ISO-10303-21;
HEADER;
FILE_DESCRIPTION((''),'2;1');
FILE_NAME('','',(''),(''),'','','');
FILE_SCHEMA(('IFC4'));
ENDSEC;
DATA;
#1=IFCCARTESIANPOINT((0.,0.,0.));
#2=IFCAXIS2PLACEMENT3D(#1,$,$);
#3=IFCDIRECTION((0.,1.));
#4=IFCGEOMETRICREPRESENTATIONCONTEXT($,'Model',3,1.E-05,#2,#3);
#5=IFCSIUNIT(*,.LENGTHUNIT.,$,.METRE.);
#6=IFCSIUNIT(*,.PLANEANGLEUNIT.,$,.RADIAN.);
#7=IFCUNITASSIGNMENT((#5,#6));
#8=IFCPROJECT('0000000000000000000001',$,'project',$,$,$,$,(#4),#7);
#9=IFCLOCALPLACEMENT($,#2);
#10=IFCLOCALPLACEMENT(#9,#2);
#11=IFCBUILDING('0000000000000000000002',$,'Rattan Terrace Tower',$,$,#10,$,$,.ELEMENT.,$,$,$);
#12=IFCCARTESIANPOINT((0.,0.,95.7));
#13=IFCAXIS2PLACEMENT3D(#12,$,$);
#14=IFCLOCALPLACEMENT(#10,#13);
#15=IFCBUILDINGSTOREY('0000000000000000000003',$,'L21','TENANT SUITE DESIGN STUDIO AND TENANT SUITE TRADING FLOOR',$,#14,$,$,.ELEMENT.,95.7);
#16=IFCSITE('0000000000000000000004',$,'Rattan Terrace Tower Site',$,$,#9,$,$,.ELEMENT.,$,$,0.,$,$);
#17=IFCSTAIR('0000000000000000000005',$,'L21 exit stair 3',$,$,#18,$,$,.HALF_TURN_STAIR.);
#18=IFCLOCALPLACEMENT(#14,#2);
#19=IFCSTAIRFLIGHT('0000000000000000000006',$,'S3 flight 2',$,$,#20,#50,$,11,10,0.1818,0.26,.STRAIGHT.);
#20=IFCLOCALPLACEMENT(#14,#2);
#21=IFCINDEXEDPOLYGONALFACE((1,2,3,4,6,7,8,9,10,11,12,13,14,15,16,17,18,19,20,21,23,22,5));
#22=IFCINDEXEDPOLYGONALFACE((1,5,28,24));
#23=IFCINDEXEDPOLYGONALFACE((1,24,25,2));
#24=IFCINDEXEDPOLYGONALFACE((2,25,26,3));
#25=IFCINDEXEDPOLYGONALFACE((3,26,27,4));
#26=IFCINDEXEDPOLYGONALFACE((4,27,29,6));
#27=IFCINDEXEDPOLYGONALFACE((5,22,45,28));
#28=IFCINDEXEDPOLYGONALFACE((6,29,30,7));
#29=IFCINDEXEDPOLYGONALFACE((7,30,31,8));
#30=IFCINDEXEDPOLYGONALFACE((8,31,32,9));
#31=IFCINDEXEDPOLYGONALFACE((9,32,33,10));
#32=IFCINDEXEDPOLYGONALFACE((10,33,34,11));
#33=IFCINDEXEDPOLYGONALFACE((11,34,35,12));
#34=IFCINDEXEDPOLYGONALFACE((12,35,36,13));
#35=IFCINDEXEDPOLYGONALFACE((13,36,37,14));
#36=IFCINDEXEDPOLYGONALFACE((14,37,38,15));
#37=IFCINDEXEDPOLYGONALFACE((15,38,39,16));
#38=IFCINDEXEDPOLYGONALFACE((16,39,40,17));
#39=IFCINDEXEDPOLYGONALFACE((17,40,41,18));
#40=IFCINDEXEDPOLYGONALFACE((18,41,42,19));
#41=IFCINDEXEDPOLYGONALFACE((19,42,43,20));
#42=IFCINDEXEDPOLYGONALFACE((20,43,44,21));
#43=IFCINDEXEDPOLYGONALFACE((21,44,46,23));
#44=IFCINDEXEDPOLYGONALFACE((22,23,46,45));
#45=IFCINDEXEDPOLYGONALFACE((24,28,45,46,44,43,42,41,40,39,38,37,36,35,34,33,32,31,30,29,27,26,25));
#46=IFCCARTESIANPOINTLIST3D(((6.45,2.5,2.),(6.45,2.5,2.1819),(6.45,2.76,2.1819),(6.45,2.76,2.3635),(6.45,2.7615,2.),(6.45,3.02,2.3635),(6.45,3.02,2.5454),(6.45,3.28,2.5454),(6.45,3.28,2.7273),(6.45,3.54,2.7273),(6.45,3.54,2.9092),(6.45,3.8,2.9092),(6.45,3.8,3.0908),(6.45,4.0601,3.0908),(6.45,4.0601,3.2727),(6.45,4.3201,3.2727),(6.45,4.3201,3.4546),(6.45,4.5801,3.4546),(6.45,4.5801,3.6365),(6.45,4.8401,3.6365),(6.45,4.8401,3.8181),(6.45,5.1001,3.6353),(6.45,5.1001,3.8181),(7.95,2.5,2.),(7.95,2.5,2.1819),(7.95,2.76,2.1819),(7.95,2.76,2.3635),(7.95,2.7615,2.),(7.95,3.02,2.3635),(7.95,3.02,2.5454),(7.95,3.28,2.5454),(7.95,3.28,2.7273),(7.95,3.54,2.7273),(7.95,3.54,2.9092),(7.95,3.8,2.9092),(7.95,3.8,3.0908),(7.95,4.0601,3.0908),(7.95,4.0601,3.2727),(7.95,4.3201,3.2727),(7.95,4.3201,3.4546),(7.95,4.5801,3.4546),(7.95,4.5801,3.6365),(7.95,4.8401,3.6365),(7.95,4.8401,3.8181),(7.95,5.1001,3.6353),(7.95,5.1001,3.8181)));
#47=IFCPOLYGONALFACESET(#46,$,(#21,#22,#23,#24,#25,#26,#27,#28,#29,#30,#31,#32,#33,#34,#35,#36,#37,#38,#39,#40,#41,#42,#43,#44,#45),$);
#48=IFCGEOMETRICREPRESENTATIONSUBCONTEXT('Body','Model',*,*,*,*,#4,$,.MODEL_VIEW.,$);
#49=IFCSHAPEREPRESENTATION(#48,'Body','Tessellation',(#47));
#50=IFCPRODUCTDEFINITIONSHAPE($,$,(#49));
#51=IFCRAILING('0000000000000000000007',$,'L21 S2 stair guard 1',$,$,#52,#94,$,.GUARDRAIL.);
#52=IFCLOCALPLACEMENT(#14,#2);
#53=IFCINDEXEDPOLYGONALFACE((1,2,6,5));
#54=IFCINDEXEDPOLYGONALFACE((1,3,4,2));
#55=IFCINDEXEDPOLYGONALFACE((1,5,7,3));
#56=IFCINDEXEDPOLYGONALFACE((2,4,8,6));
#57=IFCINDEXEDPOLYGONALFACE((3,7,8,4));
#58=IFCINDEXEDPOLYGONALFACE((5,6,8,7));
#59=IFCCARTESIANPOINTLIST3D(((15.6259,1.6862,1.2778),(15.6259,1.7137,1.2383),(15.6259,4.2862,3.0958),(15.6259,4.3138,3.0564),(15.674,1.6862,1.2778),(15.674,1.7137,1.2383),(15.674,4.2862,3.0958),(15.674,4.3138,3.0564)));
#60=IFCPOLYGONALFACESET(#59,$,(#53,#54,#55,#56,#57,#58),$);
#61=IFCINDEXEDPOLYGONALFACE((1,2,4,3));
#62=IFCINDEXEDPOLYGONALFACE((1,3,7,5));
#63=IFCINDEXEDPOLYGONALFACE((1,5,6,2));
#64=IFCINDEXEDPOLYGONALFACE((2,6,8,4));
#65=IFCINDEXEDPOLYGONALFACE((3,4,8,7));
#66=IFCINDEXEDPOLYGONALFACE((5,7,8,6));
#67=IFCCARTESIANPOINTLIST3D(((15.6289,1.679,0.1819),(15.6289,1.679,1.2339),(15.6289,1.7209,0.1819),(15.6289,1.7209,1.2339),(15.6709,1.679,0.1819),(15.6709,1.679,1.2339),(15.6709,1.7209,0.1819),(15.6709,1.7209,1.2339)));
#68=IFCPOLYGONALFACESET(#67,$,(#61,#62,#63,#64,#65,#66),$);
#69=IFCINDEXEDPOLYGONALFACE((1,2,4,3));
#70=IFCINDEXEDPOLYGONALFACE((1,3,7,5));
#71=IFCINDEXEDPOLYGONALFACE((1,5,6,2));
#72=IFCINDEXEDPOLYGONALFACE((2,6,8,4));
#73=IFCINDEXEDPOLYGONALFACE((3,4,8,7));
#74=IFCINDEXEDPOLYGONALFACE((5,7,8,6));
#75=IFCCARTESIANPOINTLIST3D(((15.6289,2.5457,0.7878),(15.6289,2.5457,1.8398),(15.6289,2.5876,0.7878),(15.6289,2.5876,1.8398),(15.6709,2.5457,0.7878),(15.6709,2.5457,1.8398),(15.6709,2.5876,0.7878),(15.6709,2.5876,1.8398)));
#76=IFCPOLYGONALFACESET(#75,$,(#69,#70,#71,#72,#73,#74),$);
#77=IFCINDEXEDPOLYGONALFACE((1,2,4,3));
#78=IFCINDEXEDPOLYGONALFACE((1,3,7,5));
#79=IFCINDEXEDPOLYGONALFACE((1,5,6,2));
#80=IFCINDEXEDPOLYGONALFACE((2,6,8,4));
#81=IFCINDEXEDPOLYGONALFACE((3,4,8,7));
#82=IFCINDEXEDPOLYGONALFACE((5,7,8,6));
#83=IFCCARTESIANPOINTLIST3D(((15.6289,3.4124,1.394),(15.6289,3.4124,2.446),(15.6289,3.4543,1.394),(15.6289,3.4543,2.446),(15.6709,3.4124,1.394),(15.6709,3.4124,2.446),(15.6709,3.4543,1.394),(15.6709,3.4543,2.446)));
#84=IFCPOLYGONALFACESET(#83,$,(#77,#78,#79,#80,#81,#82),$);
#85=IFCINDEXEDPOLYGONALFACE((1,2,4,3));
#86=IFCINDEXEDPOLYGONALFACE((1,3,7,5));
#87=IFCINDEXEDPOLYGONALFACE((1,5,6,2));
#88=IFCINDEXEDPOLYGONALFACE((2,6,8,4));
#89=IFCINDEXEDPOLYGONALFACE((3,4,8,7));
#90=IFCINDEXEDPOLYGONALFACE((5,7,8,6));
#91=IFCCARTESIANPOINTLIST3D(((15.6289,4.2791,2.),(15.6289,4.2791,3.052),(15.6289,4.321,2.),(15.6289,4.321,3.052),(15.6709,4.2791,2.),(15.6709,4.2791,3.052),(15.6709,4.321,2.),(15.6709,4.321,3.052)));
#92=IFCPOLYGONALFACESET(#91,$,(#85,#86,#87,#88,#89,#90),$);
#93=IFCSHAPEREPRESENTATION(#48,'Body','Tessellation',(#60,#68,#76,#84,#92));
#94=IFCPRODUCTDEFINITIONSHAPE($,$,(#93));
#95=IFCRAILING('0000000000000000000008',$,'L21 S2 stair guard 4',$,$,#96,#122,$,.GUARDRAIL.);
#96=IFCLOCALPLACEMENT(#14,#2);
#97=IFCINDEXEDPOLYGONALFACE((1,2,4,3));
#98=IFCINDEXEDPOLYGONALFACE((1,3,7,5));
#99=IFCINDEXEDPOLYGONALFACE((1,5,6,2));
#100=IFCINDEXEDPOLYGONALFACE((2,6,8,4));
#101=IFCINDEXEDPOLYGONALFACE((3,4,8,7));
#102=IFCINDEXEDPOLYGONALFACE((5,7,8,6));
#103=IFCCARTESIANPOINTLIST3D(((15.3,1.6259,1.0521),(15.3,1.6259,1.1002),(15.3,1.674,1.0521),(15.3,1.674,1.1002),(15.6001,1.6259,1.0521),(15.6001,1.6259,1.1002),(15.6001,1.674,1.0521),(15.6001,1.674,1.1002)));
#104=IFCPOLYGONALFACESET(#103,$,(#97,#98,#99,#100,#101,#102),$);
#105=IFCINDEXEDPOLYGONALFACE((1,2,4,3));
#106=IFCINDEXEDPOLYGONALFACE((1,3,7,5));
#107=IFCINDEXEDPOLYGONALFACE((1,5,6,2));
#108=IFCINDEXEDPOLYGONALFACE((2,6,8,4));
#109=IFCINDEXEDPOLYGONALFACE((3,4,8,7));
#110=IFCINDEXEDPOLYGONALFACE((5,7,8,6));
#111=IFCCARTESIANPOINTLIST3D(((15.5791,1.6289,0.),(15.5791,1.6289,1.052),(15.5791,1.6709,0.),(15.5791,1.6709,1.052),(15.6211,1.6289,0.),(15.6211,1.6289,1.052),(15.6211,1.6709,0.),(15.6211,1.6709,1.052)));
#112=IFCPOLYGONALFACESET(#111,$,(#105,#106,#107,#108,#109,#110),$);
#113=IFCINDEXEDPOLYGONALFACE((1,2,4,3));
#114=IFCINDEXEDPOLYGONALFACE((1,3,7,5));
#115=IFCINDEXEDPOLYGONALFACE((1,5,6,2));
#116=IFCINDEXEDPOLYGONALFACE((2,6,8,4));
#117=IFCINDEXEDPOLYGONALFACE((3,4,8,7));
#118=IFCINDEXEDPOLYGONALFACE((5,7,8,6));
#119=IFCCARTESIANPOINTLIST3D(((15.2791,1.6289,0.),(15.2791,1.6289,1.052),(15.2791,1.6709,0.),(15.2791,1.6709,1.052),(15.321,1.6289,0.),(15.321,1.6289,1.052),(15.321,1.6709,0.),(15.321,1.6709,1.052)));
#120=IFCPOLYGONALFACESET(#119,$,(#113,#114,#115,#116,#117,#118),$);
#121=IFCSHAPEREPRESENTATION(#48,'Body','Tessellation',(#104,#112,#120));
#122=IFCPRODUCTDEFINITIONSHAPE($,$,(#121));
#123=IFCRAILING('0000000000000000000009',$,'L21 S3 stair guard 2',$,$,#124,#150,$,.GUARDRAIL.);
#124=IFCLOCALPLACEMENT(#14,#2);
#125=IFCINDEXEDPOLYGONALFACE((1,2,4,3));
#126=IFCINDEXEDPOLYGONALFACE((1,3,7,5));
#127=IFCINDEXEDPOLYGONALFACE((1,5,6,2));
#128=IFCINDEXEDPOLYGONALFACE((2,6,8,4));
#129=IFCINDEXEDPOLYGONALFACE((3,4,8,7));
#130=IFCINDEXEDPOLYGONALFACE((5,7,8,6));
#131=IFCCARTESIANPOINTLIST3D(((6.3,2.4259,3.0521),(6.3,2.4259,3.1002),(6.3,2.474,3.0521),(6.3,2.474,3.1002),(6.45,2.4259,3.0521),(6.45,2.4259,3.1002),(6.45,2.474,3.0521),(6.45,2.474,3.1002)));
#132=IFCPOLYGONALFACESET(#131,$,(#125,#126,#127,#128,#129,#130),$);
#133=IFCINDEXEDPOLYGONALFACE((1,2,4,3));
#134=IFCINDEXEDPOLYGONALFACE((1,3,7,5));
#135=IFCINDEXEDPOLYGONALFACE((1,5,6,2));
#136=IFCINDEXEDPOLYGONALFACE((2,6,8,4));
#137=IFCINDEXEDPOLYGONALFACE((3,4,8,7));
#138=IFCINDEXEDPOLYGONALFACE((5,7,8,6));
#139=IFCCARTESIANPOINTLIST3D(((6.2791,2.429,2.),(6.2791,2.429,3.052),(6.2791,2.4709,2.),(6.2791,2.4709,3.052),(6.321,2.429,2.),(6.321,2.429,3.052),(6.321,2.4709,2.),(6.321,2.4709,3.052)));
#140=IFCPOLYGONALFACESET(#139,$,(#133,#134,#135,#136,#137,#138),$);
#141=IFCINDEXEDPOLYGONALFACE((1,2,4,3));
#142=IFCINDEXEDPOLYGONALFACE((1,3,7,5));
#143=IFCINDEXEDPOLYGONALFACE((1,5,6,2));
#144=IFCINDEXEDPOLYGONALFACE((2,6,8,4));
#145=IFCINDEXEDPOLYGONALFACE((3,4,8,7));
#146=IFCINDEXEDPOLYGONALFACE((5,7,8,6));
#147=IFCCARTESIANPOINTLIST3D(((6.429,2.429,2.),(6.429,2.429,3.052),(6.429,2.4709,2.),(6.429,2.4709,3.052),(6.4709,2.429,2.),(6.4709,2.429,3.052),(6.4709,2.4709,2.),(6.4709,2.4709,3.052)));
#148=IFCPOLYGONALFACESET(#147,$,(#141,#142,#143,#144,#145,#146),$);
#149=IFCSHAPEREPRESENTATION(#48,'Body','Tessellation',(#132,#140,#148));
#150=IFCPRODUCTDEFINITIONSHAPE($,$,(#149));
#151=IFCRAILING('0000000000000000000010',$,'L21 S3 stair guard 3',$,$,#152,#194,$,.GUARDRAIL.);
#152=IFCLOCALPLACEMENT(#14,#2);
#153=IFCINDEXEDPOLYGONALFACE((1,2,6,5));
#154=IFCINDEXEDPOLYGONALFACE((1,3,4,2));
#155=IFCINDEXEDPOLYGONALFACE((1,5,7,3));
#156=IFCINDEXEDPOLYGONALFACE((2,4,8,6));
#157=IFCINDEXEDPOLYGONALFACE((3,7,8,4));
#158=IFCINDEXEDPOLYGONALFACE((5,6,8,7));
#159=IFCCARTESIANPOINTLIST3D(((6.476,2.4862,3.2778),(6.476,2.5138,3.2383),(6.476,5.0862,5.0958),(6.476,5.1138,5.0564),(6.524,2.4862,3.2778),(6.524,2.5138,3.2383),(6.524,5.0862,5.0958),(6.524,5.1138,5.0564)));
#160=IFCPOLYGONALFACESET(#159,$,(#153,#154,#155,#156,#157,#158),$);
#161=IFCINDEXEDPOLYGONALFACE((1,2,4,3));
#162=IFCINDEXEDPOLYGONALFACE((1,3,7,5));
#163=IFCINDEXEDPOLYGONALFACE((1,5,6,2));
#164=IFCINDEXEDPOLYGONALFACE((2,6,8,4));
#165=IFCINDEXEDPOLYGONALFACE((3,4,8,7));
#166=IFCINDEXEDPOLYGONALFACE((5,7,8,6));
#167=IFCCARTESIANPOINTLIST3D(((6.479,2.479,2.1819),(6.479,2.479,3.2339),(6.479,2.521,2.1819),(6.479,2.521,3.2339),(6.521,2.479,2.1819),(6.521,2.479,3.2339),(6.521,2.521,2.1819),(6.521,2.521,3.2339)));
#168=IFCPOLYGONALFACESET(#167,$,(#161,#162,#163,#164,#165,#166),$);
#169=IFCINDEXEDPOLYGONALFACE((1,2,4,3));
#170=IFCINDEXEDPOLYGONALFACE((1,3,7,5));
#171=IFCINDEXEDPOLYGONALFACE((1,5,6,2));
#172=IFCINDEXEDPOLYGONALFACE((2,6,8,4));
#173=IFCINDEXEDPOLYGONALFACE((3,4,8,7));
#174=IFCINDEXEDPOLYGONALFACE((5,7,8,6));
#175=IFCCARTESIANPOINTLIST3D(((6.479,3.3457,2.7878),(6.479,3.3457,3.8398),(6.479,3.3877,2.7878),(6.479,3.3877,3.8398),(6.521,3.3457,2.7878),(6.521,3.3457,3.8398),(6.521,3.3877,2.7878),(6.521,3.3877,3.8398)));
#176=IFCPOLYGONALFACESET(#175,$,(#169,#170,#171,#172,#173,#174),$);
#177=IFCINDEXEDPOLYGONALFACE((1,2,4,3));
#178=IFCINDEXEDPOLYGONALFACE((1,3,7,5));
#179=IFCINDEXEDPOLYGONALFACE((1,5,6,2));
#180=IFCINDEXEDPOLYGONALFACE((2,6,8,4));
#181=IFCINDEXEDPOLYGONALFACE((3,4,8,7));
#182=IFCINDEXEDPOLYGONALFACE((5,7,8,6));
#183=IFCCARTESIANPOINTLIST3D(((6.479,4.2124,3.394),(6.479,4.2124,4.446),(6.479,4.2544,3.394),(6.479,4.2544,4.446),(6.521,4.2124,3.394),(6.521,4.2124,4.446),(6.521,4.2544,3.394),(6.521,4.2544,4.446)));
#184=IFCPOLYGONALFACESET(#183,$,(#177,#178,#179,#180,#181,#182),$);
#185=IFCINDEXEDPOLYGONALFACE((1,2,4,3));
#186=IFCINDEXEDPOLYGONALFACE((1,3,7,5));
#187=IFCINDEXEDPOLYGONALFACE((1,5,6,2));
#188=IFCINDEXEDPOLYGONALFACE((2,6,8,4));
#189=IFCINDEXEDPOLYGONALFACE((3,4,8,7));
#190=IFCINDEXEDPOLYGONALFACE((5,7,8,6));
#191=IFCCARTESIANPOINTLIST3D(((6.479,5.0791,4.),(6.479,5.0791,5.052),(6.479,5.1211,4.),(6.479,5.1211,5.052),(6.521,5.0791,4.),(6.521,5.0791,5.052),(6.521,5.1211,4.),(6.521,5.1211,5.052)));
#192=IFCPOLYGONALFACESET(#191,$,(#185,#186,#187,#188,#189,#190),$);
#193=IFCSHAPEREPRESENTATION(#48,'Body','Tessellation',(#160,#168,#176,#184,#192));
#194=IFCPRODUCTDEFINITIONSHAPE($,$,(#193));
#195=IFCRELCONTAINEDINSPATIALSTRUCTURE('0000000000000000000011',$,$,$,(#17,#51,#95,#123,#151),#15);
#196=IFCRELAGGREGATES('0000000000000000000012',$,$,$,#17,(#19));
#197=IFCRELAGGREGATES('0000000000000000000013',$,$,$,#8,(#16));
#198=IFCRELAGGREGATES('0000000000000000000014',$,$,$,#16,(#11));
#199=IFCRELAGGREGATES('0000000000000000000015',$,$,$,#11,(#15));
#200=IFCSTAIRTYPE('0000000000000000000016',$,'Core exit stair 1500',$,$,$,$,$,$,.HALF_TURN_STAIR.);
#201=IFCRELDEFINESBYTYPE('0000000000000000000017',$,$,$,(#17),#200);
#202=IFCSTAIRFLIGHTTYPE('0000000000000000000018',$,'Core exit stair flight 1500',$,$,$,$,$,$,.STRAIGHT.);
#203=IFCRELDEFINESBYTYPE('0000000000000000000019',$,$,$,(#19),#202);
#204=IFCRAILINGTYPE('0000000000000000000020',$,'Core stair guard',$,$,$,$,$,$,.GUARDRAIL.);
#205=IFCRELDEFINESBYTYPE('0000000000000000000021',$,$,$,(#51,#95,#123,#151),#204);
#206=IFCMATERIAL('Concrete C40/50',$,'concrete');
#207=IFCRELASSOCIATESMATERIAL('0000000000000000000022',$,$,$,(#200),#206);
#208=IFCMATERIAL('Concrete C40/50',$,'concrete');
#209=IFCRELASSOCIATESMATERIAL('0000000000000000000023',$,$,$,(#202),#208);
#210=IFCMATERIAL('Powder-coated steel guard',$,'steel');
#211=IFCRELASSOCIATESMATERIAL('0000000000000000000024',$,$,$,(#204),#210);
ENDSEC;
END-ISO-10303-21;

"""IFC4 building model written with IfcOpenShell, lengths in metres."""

from ifc_helpers import new_model, si_unit, direction, frame, origin, origin_2d, place, context, subcontext, project, spatial, polyline, rectangle, outline, extrude, material, type_object, element, aggregate, save


model = new_model("IFC4")

# Units and contexts
model_context = context("Model", 3, precision=1e-05, world=origin(), true_north=direction((0.0, 1.0)))
body_context = subcontext(model_context, "Body", "Model", "MODEL_VIEW")
ifc_project = project(units=[si_unit("LENGTHUNIT", "METRE"), si_unit("PLANEANGLEUNIT", "RADIAN")], contexts=[model_context])

# Site, building, storey
site_placement = place(None, origin())
site = spatial("IfcSite", under=ifc_project, at=site_placement, Name="Rattan Terrace Tower Site", CompositionType="ELEMENT", RefElevation=0.0)
building_placement = place(site_placement, origin())
building = spatial("IfcBuilding", under=site, at=building_placement, Name="Rattan Terrace Tower", CompositionType="ELEMENT")
storey_placement = place(building_placement, frame((0.0, 0.0, 95.7)))
storey = spatial("IfcBuildingStorey", under=building, at=storey_placement, Name="L21", Description="TENANT SUITE DESIGN STUDIO AND TENANT SUITE TRADING FLOOR", CompositionType="ELEMENT", Elevation=95.7)

# Shared definitions
ifc_material_1 = material(Name="Concrete C40/50", Category="concrete")
stair_type = type_object("IfcStairType", Name="Core exit stair 1500", PredefinedType="HALF_TURN_STAIR", material=ifc_material_1)
ifc_material_2 = material(Name="Concrete C40/50", Category="concrete")
stair_flight_type = type_object("IfcStairFlightType", Name="Core exit stair flight 1500", PredefinedType="STRAIGHT", material=ifc_material_2)

# Stair, stair flight
stair_1_placement = place(storey_placement, origin())
stair_1 = element("IfcStair", 1, at=stair_1_placement, inside=storey, type_object=stair_type, Name="L21 exit stair 3", PredefinedType="HALF_TURN_STAIR")
stair_flight_1_placement = place(storey_placement, frame((7.2, 2.5, 2.0), z_axis=(0.0, 0.0, 1.0), x_axis=(0.0, 1.0, 0.0)))
stair_flight_1 = element("IfcStairFlight", 2, at=stair_flight_1_placement, type_object=stair_flight_type, Name="S3 flight 2", NumberOfRisers=11, NumberOfTreads=10, PredefinedType="STRAIGHT", RiserHeight=0.1818, TreadLength=0.26, context=body_context, shape_type="SweptSolid", body=[
    extrude(outline(polyline([(0.0, 0.0), (0.0, 0.1819), (0.26, 0.1819), (0.26, 0.3635), (0.52, 0.3635), (0.52, 0.5454), (0.78, 0.5454), (0.78, 0.7273), (1.04, 0.7273), (1.04, 0.9092), (1.3, 0.9092), (1.3, 1.0908), (1.5601, 1.0908), (1.5601, 1.2727), (1.8201, 1.2727), (1.8201, 1.4546), (2.0801, 1.4546), (2.0801, 1.6365), (2.3401, 1.6365), (2.3401, 1.8181), (2.6001, 1.8181), (2.6001, 2.0), (2.6001, 1.6353), (0.2615, 0.0), (0.0, 0.0)])), frame((0.0, 0.75, 0.0), z_axis=(0.0, -1.0, 0.0), x_axis=(1.0, 0.0, 0.0)), (0.0, 0.0, 1.0), 1.5),
])
aggregate(stair_1, [stair_flight_1])

# Railings
ifc_material_3 = material(Name="Powder-coated steel guard", Category="steel")
railing_type_1 = type_object("IfcRailingType", Name="Core stair guard", PredefinedType="GUARDRAIL", material=ifc_material_3)
railing_1_placement = place(storey_placement, frame((15.6499, 1.7, 0.1819)))
element("IfcRailing", 3, at=railing_1_placement, inside=storey, type_object=railing_type_1, Name="L21 S2 stair guard 1", PredefinedType="GUARDRAIL", context=body_context, shape_type="SweptSolid", body=[
    extrude(rectangle(XDim=0.0481, YDim=0.0481, at=origin_2d()), frame((0.0, 0.0, 1.0762), z_axis=(0.0, 0.819521, 0.573049), x_axis=(-1.0, 0.0, 0.0)), (0.0, 0.0, 1.0), 3.1726),
    extrude(rectangle(XDim=0.042, YDim=0.042, at=origin_2d()), origin(), (0.0, 0.0, 1.0), 1.052),
    extrude(rectangle(XDim=0.042, YDim=0.042, at=origin_2d()), frame((0.0, 0.8667, 0.606)), (0.0, 0.0, 1.0), 1.052),
    extrude(rectangle(XDim=0.042, YDim=0.042, at=origin_2d()), frame((0.0, 1.7334, 1.2122)), (0.0, 0.0, 1.0), 1.052),
    extrude(rectangle(XDim=0.042, YDim=0.042, at=origin_2d()), frame((0.0, 2.6001, 1.8181)), (0.0, 0.0, 1.0), 1.052),
])
railing_2_placement = place(storey_placement, frame((15.6001, 1.6499, 0.0)))
element("IfcRailing", 4, at=railing_2_placement, inside=storey, type_object=railing_type_1, Name="L21 S2 stair guard 4", PredefinedType="GUARDRAIL", context=body_context, shape_type="SweptSolid", body=[
    extrude(rectangle(XDim=0.0481, YDim=0.0481, at=origin_2d()), frame((0.0, 0.0, 1.0762), z_axis=(-1.0, 0.0, 0.0), x_axis=(0.0, -1.0, 0.0)), (0.0, 0.0, 1.0), 0.3),
    extrude(rectangle(XDim=0.042, YDim=0.042, at=origin_2d()), origin(), (0.0, 0.0, 1.0), 1.052),
    extrude(rectangle(XDim=0.042, YDim=0.042, at=origin_2d()), frame((-0.3, 0.0, 0.0)), (0.0, 0.0, 1.0), 1.052),
])
railing_3_placement = place(storey_placement, frame((6.3, 2.45, 2.0)))
element("IfcRailing", 5, at=railing_3_placement, inside=storey, type_object=railing_type_1, Name="L21 S3 stair guard 2", PredefinedType="GUARDRAIL", context=body_context, shape_type="SweptSolid", body=[
    extrude(rectangle(XDim=0.0481, YDim=0.0481, at=origin_2d()), frame((0.0, 0.0, 1.0762), z_axis=(1.0, 0.0, 0.0), x_axis=(0.0, 1.0, 0.0)), (0.0, 0.0, 1.0), 0.1499),
    extrude(rectangle(XDim=0.042, YDim=0.042, at=origin_2d()), origin(), (0.0, 0.0, 1.0), 1.052),
    extrude(rectangle(XDim=0.042, YDim=0.042, at=origin_2d()), frame((0.1499, 0.0, 0.0)), (0.0, 0.0, 1.0), 1.052),
])
railing_4_placement = place(storey_placement, frame((6.5, 2.5, 2.1819)))
element("IfcRailing", 6, at=railing_4_placement, inside=storey, type_object=railing_type_1, Name="L21 S3 stair guard 3", PredefinedType="GUARDRAIL", context=body_context, shape_type="SweptSolid", body=[
    extrude(rectangle(XDim=0.0481, YDim=0.0481, at=origin_2d()), frame((0.0, 0.0, 1.0762), z_axis=(0.0, 0.819521, 0.573049), x_axis=(-1.0, 0.0, 0.0)), (0.0, 0.0, 1.0), 3.1726),
    extrude(rectangle(XDim=0.042, YDim=0.042, at=origin_2d()), origin(), (0.0, 0.0, 1.0), 1.052),
    extrude(rectangle(XDim=0.042, YDim=0.042, at=origin_2d()), frame((0.0, 0.8667, 0.606)), (0.0, 0.0, 1.0), 1.052),
    extrude(rectangle(XDim=0.042, YDim=0.042, at=origin_2d()), frame((0.0, 1.7334, 1.2122)), (0.0, 0.0, 1.0), 1.052),
    extrude(rectangle(XDim=0.042, YDim=0.042, at=origin_2d()), frame((0.0, 2.6001, 1.8181)), (0.0, 0.0, 1.0), 1.052),
])

save(model, "model.ifc")
